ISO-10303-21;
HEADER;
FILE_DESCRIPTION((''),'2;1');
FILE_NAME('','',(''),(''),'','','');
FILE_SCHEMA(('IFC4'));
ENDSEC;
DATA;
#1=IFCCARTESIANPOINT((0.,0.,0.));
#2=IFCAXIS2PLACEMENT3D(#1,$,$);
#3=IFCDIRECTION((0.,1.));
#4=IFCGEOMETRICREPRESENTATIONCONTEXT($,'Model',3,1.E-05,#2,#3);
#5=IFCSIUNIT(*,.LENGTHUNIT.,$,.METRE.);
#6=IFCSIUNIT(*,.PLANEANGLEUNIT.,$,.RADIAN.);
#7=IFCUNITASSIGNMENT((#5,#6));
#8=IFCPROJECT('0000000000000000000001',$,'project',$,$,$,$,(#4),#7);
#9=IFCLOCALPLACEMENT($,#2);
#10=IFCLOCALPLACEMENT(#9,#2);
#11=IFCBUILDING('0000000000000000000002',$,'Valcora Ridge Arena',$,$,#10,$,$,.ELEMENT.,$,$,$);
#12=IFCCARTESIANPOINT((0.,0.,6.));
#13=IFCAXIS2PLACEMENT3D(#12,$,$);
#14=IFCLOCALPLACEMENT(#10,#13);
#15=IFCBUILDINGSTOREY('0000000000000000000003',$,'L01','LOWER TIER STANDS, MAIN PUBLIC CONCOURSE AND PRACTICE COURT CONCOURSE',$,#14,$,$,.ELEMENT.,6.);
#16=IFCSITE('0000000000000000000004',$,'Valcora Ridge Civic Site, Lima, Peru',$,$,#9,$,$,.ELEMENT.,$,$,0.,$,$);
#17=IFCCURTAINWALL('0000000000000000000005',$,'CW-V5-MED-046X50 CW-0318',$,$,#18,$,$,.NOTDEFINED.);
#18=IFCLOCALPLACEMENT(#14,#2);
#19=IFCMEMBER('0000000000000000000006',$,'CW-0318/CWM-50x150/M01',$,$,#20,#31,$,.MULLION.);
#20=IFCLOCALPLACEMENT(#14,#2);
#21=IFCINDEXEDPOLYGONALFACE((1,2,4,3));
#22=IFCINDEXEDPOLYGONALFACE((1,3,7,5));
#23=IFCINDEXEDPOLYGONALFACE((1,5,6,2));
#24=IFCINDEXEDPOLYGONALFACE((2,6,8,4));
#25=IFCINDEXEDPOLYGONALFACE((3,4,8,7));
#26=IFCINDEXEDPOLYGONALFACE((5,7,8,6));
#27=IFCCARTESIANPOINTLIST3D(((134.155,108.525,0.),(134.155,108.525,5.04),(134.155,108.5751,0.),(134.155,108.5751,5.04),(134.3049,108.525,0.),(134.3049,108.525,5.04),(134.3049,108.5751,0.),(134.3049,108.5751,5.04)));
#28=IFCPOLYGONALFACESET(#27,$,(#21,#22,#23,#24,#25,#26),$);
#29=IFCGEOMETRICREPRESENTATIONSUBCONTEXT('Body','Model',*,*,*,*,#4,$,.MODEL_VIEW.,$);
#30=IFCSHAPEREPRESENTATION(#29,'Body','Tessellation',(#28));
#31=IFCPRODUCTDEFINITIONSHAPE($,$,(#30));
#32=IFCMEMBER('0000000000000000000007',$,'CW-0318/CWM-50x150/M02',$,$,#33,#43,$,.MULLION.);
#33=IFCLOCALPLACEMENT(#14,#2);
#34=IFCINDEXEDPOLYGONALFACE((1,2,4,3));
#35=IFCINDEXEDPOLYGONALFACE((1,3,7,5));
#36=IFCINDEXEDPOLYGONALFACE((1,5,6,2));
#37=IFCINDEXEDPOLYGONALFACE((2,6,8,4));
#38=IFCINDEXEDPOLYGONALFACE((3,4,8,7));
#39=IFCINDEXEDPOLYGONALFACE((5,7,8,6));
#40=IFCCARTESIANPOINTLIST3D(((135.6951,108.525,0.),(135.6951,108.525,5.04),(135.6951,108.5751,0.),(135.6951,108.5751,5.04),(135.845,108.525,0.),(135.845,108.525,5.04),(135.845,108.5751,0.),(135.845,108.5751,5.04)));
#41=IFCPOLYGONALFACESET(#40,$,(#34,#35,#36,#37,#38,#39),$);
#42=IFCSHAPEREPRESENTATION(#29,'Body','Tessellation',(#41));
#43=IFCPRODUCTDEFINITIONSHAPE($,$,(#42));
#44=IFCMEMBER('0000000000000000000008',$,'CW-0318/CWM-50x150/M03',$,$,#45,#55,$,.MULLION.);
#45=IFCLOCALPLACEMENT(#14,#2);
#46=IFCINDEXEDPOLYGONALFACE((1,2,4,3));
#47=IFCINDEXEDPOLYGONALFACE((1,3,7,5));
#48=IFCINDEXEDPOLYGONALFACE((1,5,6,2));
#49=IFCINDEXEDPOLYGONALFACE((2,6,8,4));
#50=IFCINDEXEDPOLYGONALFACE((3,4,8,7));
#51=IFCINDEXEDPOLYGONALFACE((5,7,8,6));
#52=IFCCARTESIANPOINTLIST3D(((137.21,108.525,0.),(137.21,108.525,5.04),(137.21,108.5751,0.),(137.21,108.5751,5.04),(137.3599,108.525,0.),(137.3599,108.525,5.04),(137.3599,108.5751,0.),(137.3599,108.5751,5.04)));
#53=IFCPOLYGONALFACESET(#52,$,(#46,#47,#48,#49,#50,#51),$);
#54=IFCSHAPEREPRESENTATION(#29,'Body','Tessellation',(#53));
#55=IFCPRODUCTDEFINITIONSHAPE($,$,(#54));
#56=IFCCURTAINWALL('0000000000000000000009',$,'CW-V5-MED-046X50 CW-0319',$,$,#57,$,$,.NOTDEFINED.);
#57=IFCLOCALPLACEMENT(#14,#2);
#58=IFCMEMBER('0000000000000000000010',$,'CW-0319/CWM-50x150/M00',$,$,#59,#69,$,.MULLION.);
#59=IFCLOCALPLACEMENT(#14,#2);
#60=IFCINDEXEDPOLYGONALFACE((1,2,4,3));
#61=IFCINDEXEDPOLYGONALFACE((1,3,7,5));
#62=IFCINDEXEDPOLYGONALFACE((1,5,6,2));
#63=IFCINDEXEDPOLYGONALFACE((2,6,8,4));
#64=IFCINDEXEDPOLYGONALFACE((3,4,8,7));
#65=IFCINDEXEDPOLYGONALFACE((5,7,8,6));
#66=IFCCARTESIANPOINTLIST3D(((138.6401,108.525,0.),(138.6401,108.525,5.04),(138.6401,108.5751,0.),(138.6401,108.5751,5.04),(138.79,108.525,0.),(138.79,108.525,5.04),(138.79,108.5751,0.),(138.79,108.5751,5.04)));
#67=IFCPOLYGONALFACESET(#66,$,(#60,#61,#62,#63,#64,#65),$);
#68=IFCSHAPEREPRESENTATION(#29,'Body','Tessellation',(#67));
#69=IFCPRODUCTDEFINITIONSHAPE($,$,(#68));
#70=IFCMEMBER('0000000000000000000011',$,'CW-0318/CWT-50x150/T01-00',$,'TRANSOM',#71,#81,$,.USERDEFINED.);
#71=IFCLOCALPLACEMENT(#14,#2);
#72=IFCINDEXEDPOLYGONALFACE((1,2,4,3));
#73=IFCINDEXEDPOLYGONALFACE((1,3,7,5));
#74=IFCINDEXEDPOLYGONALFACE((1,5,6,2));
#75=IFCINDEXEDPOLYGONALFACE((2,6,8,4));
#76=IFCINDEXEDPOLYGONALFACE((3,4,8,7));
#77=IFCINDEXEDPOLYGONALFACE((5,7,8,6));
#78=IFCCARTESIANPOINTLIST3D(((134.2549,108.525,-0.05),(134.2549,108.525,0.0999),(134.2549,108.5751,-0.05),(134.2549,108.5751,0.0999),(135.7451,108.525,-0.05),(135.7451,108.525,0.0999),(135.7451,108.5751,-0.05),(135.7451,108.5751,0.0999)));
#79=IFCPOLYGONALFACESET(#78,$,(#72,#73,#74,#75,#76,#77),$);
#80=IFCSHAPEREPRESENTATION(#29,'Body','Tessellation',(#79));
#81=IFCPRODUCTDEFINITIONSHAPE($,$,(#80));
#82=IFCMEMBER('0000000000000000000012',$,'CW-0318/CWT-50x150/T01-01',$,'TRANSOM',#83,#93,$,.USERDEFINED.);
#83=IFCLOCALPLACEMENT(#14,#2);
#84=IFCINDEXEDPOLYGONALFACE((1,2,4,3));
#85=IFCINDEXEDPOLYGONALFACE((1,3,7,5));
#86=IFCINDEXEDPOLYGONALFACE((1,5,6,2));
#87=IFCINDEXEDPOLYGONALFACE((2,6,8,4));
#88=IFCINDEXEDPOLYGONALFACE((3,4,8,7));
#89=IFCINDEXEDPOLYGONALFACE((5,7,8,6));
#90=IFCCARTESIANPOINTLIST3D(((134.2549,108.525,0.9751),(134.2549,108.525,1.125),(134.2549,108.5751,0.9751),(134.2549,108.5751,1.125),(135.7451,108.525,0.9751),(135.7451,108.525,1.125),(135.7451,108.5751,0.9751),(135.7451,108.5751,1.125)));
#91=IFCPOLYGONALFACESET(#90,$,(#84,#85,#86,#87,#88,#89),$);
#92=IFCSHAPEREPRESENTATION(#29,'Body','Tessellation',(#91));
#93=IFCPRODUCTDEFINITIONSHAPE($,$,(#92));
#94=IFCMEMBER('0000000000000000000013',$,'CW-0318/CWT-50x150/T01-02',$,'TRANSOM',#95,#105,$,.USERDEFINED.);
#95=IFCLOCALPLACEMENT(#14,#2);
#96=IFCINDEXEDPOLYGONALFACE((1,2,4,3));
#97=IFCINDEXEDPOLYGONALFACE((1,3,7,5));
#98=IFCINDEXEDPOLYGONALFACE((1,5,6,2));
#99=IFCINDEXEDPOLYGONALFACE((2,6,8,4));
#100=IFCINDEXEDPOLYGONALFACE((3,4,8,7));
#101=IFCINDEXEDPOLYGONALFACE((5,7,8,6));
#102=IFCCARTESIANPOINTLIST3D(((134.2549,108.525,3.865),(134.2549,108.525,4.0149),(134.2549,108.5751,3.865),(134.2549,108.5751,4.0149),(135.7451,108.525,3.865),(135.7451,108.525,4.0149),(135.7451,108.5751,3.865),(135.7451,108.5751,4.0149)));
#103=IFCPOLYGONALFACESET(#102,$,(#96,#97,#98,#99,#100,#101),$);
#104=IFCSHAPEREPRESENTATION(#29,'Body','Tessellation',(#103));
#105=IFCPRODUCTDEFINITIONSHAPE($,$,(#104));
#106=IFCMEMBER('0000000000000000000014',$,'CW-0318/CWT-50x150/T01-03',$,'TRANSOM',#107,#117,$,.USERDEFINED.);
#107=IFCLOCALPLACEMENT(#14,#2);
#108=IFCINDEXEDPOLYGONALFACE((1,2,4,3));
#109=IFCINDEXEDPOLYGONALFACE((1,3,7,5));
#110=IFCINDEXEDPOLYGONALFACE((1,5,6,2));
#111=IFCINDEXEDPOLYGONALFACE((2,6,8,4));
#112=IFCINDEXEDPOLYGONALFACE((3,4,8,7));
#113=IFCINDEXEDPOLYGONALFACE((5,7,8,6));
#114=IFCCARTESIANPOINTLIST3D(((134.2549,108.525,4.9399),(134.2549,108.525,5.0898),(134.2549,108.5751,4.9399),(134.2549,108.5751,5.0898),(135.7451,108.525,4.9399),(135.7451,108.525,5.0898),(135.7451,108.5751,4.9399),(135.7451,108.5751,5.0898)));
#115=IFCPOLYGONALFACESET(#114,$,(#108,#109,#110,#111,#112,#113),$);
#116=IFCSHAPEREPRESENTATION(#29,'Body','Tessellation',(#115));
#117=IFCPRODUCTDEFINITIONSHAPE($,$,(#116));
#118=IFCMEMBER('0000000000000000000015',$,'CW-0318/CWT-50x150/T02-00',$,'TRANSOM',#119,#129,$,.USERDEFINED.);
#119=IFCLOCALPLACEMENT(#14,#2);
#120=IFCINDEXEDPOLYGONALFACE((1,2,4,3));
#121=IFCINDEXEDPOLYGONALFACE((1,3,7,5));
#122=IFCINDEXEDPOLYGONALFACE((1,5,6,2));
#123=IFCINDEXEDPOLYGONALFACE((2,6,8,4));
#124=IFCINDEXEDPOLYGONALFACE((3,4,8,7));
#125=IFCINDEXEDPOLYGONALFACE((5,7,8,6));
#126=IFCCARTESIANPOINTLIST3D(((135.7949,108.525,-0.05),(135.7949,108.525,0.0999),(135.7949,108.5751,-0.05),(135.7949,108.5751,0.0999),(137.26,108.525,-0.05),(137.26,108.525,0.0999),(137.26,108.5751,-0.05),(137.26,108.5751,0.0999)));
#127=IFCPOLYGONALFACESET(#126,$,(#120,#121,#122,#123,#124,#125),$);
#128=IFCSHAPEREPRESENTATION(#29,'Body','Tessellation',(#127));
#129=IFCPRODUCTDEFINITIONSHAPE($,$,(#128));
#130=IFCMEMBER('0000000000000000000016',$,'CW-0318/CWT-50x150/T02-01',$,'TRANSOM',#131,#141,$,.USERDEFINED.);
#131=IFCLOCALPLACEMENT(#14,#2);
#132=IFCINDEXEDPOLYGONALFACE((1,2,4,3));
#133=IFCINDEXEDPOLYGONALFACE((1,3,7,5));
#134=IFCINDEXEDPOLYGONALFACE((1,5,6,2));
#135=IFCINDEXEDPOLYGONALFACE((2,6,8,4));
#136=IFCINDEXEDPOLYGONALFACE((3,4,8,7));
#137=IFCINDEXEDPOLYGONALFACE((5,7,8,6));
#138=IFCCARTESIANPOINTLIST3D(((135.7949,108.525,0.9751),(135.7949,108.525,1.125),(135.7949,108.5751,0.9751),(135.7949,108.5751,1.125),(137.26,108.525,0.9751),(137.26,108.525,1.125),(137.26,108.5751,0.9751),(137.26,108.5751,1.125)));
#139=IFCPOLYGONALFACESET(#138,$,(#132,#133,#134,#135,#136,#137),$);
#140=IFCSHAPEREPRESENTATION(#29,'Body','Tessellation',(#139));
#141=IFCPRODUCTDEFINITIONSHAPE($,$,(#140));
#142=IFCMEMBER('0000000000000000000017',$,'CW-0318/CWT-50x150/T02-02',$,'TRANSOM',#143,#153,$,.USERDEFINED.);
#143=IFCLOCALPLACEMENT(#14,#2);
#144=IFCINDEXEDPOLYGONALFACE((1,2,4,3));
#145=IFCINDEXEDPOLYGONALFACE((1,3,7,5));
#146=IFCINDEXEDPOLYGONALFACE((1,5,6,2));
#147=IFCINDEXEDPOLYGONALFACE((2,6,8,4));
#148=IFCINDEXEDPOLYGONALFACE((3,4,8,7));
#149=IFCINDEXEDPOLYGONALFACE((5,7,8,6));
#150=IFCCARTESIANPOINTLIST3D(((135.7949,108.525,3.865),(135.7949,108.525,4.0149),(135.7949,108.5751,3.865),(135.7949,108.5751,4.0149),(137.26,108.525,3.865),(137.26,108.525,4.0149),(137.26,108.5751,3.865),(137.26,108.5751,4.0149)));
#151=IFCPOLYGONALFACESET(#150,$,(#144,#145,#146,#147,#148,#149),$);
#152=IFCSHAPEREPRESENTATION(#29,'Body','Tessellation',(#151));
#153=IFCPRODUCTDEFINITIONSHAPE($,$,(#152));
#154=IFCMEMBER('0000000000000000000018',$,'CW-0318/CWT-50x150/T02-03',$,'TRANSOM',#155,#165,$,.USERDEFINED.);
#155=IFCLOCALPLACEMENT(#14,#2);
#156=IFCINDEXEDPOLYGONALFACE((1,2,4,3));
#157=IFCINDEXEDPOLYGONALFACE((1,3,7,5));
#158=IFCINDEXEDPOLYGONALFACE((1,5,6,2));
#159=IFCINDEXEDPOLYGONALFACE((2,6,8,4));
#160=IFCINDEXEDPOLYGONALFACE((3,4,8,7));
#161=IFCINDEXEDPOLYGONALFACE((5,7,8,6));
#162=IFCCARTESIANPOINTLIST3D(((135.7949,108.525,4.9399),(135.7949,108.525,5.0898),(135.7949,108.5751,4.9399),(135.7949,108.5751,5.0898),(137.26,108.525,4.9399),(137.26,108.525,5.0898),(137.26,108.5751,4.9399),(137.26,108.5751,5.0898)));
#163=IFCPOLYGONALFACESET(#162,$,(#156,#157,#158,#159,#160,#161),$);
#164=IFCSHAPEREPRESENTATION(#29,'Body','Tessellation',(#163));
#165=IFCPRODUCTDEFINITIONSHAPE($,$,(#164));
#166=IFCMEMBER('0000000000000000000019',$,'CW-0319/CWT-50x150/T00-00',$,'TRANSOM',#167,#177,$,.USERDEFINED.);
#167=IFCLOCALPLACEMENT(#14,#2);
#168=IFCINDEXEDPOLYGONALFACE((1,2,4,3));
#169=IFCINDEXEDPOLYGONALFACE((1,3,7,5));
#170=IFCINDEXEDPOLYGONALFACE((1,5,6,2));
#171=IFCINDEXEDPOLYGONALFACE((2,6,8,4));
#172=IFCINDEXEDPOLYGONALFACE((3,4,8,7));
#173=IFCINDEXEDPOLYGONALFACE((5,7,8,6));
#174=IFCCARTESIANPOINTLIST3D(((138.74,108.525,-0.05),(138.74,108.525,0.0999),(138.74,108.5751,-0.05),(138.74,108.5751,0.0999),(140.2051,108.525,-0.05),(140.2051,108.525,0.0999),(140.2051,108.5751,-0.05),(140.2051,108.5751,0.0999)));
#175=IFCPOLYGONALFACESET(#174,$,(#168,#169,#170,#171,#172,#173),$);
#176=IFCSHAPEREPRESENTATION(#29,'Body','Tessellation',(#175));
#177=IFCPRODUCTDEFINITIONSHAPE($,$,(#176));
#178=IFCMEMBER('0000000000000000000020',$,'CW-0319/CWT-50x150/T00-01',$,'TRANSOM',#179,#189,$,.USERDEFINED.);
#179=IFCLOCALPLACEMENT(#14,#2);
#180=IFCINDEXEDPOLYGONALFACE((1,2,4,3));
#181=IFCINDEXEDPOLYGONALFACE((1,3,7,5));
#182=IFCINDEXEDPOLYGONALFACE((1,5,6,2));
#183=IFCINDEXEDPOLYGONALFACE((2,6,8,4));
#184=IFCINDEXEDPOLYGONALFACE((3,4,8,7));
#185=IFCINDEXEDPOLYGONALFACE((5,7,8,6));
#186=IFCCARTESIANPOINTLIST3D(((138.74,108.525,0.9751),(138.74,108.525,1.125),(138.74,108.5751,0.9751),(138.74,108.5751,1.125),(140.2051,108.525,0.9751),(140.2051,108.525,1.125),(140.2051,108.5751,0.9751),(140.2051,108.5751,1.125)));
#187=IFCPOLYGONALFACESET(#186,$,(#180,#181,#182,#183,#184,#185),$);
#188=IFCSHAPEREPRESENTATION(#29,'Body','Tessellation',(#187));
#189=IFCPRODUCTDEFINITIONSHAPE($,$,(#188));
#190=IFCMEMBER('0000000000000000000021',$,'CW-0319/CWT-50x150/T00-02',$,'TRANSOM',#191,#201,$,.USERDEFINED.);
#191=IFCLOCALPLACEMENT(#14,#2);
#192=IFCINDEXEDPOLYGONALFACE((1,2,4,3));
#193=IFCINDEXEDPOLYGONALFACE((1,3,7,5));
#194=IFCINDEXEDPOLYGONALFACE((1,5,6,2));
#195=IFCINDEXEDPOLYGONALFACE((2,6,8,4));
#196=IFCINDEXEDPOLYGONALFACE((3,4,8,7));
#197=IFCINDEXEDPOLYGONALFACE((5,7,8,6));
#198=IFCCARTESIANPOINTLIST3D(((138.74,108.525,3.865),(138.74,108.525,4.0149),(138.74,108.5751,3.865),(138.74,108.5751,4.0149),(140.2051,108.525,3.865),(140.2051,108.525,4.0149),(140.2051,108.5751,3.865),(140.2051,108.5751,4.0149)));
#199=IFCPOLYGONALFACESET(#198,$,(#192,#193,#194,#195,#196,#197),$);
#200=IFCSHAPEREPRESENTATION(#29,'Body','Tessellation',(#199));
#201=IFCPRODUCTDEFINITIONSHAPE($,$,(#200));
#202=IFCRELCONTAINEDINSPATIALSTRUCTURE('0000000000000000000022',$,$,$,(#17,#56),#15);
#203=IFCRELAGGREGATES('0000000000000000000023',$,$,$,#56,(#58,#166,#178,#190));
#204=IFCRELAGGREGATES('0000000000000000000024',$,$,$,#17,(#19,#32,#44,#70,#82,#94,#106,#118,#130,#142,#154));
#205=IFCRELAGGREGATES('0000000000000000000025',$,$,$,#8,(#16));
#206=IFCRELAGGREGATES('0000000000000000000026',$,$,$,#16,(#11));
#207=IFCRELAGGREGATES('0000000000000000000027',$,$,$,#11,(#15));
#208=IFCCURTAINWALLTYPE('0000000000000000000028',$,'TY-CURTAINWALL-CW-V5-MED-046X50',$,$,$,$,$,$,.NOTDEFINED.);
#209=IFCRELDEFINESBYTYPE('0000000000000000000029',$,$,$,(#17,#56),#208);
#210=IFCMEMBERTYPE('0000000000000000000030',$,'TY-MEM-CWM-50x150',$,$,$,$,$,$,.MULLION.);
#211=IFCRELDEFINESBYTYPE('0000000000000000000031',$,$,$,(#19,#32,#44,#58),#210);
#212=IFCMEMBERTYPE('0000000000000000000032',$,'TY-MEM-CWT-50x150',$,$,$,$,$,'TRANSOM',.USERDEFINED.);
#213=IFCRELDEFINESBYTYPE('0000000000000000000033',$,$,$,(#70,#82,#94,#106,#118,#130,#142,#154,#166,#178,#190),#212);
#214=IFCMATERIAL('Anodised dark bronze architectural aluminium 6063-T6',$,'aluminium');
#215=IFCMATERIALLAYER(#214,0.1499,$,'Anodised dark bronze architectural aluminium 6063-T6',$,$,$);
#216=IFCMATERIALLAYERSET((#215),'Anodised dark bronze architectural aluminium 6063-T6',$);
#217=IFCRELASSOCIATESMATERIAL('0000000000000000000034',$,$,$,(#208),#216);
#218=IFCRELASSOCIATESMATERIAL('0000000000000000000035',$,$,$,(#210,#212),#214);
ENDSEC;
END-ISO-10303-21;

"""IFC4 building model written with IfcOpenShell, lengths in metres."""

from ifc_helpers import new_model, si_unit, direction, frame, origin, origin_2d, place, context, subcontext, project, spatial, rectangle, extrude, material, layer, layer_set, material_profile, profile_set, type_object, element, aggregate, save


model = new_model("IFC4")

# Units and contexts
model_context = context("Model", 3, precision=1e-05, world=origin(), true_north=direction((0.0, 1.0)))
body_context = subcontext(model_context, "Body", "Model", "MODEL_VIEW")
ifc_project = project(units=[si_unit("LENGTHUNIT", "METRE"), si_unit("PLANEANGLEUNIT", "RADIAN")], contexts=[model_context])

# Site, building, storey
site_placement = place(None, origin())
site = spatial("IfcSite", under=ifc_project, at=site_placement, Name="Valcora Ridge Civic Site, Lima, Peru", CompositionType="ELEMENT", RefElevation=0.0)
building_placement = place(site_placement, origin())
building = spatial("IfcBuilding", under=site, at=building_placement, Name="Valcora Ridge Arena", CompositionType="ELEMENT")
storey_placement = place(building_placement, frame((0.0, 0.0, 6.0)))
storey = spatial("IfcBuildingStorey", under=building, at=storey_placement, Name="L01", Description="LOWER TIER STANDS, MAIN PUBLIC CONCOURSE AND PRACTICE COURT CONCOURSE", CompositionType="ELEMENT", Elevation=6.0)

# Curtain wall, members
ifc_material_1 = material(Name="Anodised dark bronze architectural aluminium 6063-T6", Category="aluminium")
ifc_layer_1 = layer(ifc_material_1, 0.1499, Name="Anodised dark bronze architectural aluminium 6063-T6")
ifc_layer_set_1 = layer_set([ifc_layer_1], Name="Anodised dark bronze architectural aluminium 6063-T6")
curtain_wall_type = type_object("IfcCurtainWallType", Name="TY-CURTAINWALL-CW-V5-MED-046X50", PredefinedType="NOTDEFINED", material=ifc_layer_set_1)
curtain_wall_1_placement = place(storey_placement, origin())
curtain_wall_1 = element("IfcCurtainWall", 1, at=curtain_wall_1_placement, inside=storey, type_object=curtain_wall_type, Name="CW-V5-MED-046X50 CW-0318", PredefinedType="NOTDEFINED")
ifc_material_profile_1 = material_profile(ifc_material_1, rectangle(XDim=0.05, YDim=0.1499, at=origin_2d()), Name="ALU MULLION 50x150")
ifc_profile_set_1 = profile_set([ifc_material_profile_1], Name="Anodised dark bronze architectural aluminium 6063-T6")
member_type_1 = type_object("IfcMemberType", Name="TY-MEM-CWM-50x150", PredefinedType="MULLION", material=ifc_profile_set_1)
member_1_placement = place(storey_placement, frame((134.23, 108.55, 0.0), z_axis=(0.0, 0.0, 1.0), x_axis=(0.0, 1.0, 0.0)))
member_1 = element("IfcMember", 2, at=member_1_placement, type_object=member_type_1, Name="CW-0318/CWM-50x150/M01", PredefinedType="MULLION", context=body_context, shape_type="SweptSolid", body=[
    extrude(rectangle(XDim=0.05, YDim=0.1499, at=origin_2d()), origin(), (0.0, 0.0, 1.0), 5.04),
])
member_2_placement = place(storey_placement, frame((135.77, 108.55, 0.0), z_axis=(0.0, 0.0, 1.0), x_axis=(0.0, 1.0, 0.0)))
member_2 = element("IfcMember", 3, at=member_2_placement, type_object=member_type_1, Name="CW-0318/CWM-50x150/M02", PredefinedType="MULLION", context=body_context, shape_type="SweptSolid", body=[
    extrude(rectangle(XDim=0.05, YDim=0.1499, at=origin_2d()), origin(), (0.0, 0.0, 1.0), 5.04),
])
member_3_placement = place(storey_placement, frame((137.2849, 108.55, 0.0), z_axis=(0.0, 0.0, 1.0), x_axis=(0.0, 1.0, 0.0)))
member_3 = element("IfcMember", 4, at=member_3_placement, type_object=member_type_1, Name="CW-0318/CWM-50x150/M03", PredefinedType="MULLION", context=body_context, shape_type="SweptSolid", body=[
    extrude(rectangle(XDim=0.05, YDim=0.1499, at=origin_2d()), origin(), (0.0, 0.0, 1.0), 5.04),
])

# Curtain wall, member
curtain_wall_2_placement = place(storey_placement, origin())
curtain_wall_2 = element("IfcCurtainWall", 5, at=curtain_wall_2_placement, inside=storey, type_object=curtain_wall_type, Name="CW-V5-MED-046X50 CW-0319", PredefinedType="NOTDEFINED")
member_4_placement = place(storey_placement, frame((138.7151, 108.55, 0.0), z_axis=(0.0, 0.0, 1.0), x_axis=(0.0, 1.0, 0.0)))
member_4 = element("IfcMember", 6, at=member_4_placement, type_object=member_type_1, Name="CW-0319/CWM-50x150/M00", PredefinedType="MULLION", context=body_context, shape_type="SweptSolid", body=[
    extrude(rectangle(XDim=0.05, YDim=0.1499, at=origin_2d()), origin(), (0.0, 0.0, 1.0), 5.04),
])

# Members
ifc_material_profile_2 = material_profile(ifc_material_1, rectangle(XDim=0.05, YDim=0.1499, at=origin_2d()), Name="ALU TRANSOM 50x150")
ifc_profile_set_2 = profile_set([ifc_material_profile_2], Name="Anodised dark bronze architectural aluminium 6063-T6")
member_type_2 = type_object("IfcMemberType", Name="TY-MEM-CWT-50x150", ElementType="TRANSOM", PredefinedType="USERDEFINED", material=ifc_profile_set_2)
member_5_placement = place(storey_placement, frame((134.2549, 108.55, 0.0249), z_axis=(1.0, 0.0, 0.0), x_axis=(0.0, 1.0, 0.0)))
member_5 = element("IfcMember", 7, at=member_5_placement, type_object=member_type_2, Name="CW-0318/CWT-50x150/T01-00", ObjectType="TRANSOM", PredefinedType="USERDEFINED", context=body_context, shape_type="SweptSolid", body=[
    extrude(rectangle(XDim=0.05, YDim=0.1499, at=origin_2d()), origin(), (0.0, 0.0, 1.0), 1.4902),
])
member_6_placement = place(storey_placement, frame((134.2549, 108.55, 1.05), z_axis=(1.0, 0.0, 0.0), x_axis=(0.0, 1.0, 0.0)))
member_6 = element("IfcMember", 8, at=member_6_placement, type_object=member_type_2, Name="CW-0318/CWT-50x150/T01-01", ObjectType="TRANSOM", PredefinedType="USERDEFINED", context=body_context, shape_type="SweptSolid", body=[
    extrude(rectangle(XDim=0.05, YDim=0.1499, at=origin_2d()), origin(), (0.0, 0.0, 1.0), 1.4902),
])
member_7_placement = place(storey_placement, frame((134.2549, 108.55, 3.9399), z_axis=(1.0, 0.0, 0.0), x_axis=(0.0, 1.0, 0.0)))
member_7 = element("IfcMember", 9, at=member_7_placement, type_object=member_type_2, Name="CW-0318/CWT-50x150/T01-02", ObjectType="TRANSOM", PredefinedType="USERDEFINED", context=body_context, shape_type="SweptSolid", body=[
    extrude(rectangle(XDim=0.05, YDim=0.1499, at=origin_2d()), origin(), (0.0, 0.0, 1.0), 1.4902),
])
member_8_placement = place(storey_placement, frame((134.2549, 108.55, 5.0149), z_axis=(1.0, 0.0, 0.0), x_axis=(0.0, 1.0, 0.0)))
member_8 = element("IfcMember", 10, at=member_8_placement, type_object=member_type_2, Name="CW-0318/CWT-50x150/T01-03", ObjectType="TRANSOM", PredefinedType="USERDEFINED", context=body_context, shape_type="SweptSolid", body=[
    extrude(rectangle(XDim=0.05, YDim=0.1499, at=origin_2d()), origin(), (0.0, 0.0, 1.0), 1.4902),
])
member_9_placement = place(storey_placement, frame((135.7949, 108.55, 0.0249), z_axis=(1.0, 0.0, 0.0), x_axis=(0.0, 1.0, 0.0)))
member_9 = element("IfcMember", 11, at=member_9_placement, type_object=member_type_2, Name="CW-0318/CWT-50x150/T02-00", ObjectType="TRANSOM", PredefinedType="USERDEFINED", context=body_context, shape_type="SweptSolid", body=[
    extrude(rectangle(XDim=0.05, YDim=0.1499, at=origin_2d()), origin(), (0.0, 0.0, 1.0), 1.4651),
])
member_10_placement = place(storey_placement, frame((135.7949, 108.55, 1.05), z_axis=(1.0, 0.0, 0.0), x_axis=(0.0, 1.0, 0.0)))
member_10 = element("IfcMember", 12, at=member_10_placement, type_object=member_type_2, Name="CW-0318/CWT-50x150/T02-01", ObjectType="TRANSOM", PredefinedType="USERDEFINED", context=body_context, shape_type="SweptSolid", body=[
    extrude(rectangle(XDim=0.05, YDim=0.1499, at=origin_2d()), origin(), (0.0, 0.0, 1.0), 1.4651),
])
member_11_placement = place(storey_placement, frame((135.7949, 108.55, 3.9399), z_axis=(1.0, 0.0, 0.0), x_axis=(0.0, 1.0, 0.0)))
member_11 = element("IfcMember", 13, at=member_11_placement, type_object=member_type_2, Name="CW-0318/CWT-50x150/T02-02", ObjectType="TRANSOM", PredefinedType="USERDEFINED", context=body_context, shape_type="SweptSolid", body=[
    extrude(rectangle(XDim=0.05, YDim=0.1499, at=origin_2d()), origin(), (0.0, 0.0, 1.0), 1.4651),
])
member_12_placement = place(storey_placement, frame((135.7949, 108.55, 5.0149), z_axis=(1.0, 0.0, 0.0), x_axis=(0.0, 1.0, 0.0)))
member_12 = element("IfcMember", 14, at=member_12_placement, type_object=member_type_2, Name="CW-0318/CWT-50x150/T02-03", ObjectType="TRANSOM", PredefinedType="USERDEFINED", context=body_context, shape_type="SweptSolid", body=[
    extrude(rectangle(XDim=0.05, YDim=0.1499, at=origin_2d()), origin(), (0.0, 0.0, 1.0), 1.4651),
])
member_13_placement = place(storey_placement, frame((138.74, 108.55, 0.0249), z_axis=(1.0, 0.0, 0.0), x_axis=(0.0, 1.0, 0.0)))
member_13 = element("IfcMember", 15, at=member_13_placement, type_object=member_type_2, Name="CW-0319/CWT-50x150/T00-00", ObjectType="TRANSOM", PredefinedType="USERDEFINED", context=body_context, shape_type="SweptSolid", body=[
    extrude(rectangle(XDim=0.05, YDim=0.1499, at=origin_2d()), origin(), (0.0, 0.0, 1.0), 1.4651),
])
member_14_placement = place(storey_placement, frame((138.74, 108.55, 1.05), z_axis=(1.0, 0.0, 0.0), x_axis=(0.0, 1.0, 0.0)))
member_14 = element("IfcMember", 16, at=member_14_placement, type_object=member_type_2, Name="CW-0319/CWT-50x150/T00-01", ObjectType="TRANSOM", PredefinedType="USERDEFINED", context=body_context, shape_type="SweptSolid", body=[
    extrude(rectangle(XDim=0.05, YDim=0.1499, at=origin_2d()), origin(), (0.0, 0.0, 1.0), 1.4651),
])
member_15_placement = place(storey_placement, frame((138.74, 108.55, 3.9399), z_axis=(1.0, 0.0, 0.0), x_axis=(0.0, 1.0, 0.0)))
member_15 = element("IfcMember", 17, at=member_15_placement, type_object=member_type_2, Name="CW-0319/CWT-50x150/T00-02", ObjectType="TRANSOM", PredefinedType="USERDEFINED", context=body_context, shape_type="SweptSolid", body=[
    extrude(rectangle(XDim=0.05, YDim=0.1499, at=origin_2d()), origin(), (0.0, 0.0, 1.0), 1.4651),
])
aggregate(curtain_wall_2, [member_4, member_13, member_14, member_15])

aggregate(curtain_wall_1, [member_1, member_2, member_3, member_5, member_6, member_7, member_8, member_9, member_10, member_11, member_12])

save(model, "model.ifc")
